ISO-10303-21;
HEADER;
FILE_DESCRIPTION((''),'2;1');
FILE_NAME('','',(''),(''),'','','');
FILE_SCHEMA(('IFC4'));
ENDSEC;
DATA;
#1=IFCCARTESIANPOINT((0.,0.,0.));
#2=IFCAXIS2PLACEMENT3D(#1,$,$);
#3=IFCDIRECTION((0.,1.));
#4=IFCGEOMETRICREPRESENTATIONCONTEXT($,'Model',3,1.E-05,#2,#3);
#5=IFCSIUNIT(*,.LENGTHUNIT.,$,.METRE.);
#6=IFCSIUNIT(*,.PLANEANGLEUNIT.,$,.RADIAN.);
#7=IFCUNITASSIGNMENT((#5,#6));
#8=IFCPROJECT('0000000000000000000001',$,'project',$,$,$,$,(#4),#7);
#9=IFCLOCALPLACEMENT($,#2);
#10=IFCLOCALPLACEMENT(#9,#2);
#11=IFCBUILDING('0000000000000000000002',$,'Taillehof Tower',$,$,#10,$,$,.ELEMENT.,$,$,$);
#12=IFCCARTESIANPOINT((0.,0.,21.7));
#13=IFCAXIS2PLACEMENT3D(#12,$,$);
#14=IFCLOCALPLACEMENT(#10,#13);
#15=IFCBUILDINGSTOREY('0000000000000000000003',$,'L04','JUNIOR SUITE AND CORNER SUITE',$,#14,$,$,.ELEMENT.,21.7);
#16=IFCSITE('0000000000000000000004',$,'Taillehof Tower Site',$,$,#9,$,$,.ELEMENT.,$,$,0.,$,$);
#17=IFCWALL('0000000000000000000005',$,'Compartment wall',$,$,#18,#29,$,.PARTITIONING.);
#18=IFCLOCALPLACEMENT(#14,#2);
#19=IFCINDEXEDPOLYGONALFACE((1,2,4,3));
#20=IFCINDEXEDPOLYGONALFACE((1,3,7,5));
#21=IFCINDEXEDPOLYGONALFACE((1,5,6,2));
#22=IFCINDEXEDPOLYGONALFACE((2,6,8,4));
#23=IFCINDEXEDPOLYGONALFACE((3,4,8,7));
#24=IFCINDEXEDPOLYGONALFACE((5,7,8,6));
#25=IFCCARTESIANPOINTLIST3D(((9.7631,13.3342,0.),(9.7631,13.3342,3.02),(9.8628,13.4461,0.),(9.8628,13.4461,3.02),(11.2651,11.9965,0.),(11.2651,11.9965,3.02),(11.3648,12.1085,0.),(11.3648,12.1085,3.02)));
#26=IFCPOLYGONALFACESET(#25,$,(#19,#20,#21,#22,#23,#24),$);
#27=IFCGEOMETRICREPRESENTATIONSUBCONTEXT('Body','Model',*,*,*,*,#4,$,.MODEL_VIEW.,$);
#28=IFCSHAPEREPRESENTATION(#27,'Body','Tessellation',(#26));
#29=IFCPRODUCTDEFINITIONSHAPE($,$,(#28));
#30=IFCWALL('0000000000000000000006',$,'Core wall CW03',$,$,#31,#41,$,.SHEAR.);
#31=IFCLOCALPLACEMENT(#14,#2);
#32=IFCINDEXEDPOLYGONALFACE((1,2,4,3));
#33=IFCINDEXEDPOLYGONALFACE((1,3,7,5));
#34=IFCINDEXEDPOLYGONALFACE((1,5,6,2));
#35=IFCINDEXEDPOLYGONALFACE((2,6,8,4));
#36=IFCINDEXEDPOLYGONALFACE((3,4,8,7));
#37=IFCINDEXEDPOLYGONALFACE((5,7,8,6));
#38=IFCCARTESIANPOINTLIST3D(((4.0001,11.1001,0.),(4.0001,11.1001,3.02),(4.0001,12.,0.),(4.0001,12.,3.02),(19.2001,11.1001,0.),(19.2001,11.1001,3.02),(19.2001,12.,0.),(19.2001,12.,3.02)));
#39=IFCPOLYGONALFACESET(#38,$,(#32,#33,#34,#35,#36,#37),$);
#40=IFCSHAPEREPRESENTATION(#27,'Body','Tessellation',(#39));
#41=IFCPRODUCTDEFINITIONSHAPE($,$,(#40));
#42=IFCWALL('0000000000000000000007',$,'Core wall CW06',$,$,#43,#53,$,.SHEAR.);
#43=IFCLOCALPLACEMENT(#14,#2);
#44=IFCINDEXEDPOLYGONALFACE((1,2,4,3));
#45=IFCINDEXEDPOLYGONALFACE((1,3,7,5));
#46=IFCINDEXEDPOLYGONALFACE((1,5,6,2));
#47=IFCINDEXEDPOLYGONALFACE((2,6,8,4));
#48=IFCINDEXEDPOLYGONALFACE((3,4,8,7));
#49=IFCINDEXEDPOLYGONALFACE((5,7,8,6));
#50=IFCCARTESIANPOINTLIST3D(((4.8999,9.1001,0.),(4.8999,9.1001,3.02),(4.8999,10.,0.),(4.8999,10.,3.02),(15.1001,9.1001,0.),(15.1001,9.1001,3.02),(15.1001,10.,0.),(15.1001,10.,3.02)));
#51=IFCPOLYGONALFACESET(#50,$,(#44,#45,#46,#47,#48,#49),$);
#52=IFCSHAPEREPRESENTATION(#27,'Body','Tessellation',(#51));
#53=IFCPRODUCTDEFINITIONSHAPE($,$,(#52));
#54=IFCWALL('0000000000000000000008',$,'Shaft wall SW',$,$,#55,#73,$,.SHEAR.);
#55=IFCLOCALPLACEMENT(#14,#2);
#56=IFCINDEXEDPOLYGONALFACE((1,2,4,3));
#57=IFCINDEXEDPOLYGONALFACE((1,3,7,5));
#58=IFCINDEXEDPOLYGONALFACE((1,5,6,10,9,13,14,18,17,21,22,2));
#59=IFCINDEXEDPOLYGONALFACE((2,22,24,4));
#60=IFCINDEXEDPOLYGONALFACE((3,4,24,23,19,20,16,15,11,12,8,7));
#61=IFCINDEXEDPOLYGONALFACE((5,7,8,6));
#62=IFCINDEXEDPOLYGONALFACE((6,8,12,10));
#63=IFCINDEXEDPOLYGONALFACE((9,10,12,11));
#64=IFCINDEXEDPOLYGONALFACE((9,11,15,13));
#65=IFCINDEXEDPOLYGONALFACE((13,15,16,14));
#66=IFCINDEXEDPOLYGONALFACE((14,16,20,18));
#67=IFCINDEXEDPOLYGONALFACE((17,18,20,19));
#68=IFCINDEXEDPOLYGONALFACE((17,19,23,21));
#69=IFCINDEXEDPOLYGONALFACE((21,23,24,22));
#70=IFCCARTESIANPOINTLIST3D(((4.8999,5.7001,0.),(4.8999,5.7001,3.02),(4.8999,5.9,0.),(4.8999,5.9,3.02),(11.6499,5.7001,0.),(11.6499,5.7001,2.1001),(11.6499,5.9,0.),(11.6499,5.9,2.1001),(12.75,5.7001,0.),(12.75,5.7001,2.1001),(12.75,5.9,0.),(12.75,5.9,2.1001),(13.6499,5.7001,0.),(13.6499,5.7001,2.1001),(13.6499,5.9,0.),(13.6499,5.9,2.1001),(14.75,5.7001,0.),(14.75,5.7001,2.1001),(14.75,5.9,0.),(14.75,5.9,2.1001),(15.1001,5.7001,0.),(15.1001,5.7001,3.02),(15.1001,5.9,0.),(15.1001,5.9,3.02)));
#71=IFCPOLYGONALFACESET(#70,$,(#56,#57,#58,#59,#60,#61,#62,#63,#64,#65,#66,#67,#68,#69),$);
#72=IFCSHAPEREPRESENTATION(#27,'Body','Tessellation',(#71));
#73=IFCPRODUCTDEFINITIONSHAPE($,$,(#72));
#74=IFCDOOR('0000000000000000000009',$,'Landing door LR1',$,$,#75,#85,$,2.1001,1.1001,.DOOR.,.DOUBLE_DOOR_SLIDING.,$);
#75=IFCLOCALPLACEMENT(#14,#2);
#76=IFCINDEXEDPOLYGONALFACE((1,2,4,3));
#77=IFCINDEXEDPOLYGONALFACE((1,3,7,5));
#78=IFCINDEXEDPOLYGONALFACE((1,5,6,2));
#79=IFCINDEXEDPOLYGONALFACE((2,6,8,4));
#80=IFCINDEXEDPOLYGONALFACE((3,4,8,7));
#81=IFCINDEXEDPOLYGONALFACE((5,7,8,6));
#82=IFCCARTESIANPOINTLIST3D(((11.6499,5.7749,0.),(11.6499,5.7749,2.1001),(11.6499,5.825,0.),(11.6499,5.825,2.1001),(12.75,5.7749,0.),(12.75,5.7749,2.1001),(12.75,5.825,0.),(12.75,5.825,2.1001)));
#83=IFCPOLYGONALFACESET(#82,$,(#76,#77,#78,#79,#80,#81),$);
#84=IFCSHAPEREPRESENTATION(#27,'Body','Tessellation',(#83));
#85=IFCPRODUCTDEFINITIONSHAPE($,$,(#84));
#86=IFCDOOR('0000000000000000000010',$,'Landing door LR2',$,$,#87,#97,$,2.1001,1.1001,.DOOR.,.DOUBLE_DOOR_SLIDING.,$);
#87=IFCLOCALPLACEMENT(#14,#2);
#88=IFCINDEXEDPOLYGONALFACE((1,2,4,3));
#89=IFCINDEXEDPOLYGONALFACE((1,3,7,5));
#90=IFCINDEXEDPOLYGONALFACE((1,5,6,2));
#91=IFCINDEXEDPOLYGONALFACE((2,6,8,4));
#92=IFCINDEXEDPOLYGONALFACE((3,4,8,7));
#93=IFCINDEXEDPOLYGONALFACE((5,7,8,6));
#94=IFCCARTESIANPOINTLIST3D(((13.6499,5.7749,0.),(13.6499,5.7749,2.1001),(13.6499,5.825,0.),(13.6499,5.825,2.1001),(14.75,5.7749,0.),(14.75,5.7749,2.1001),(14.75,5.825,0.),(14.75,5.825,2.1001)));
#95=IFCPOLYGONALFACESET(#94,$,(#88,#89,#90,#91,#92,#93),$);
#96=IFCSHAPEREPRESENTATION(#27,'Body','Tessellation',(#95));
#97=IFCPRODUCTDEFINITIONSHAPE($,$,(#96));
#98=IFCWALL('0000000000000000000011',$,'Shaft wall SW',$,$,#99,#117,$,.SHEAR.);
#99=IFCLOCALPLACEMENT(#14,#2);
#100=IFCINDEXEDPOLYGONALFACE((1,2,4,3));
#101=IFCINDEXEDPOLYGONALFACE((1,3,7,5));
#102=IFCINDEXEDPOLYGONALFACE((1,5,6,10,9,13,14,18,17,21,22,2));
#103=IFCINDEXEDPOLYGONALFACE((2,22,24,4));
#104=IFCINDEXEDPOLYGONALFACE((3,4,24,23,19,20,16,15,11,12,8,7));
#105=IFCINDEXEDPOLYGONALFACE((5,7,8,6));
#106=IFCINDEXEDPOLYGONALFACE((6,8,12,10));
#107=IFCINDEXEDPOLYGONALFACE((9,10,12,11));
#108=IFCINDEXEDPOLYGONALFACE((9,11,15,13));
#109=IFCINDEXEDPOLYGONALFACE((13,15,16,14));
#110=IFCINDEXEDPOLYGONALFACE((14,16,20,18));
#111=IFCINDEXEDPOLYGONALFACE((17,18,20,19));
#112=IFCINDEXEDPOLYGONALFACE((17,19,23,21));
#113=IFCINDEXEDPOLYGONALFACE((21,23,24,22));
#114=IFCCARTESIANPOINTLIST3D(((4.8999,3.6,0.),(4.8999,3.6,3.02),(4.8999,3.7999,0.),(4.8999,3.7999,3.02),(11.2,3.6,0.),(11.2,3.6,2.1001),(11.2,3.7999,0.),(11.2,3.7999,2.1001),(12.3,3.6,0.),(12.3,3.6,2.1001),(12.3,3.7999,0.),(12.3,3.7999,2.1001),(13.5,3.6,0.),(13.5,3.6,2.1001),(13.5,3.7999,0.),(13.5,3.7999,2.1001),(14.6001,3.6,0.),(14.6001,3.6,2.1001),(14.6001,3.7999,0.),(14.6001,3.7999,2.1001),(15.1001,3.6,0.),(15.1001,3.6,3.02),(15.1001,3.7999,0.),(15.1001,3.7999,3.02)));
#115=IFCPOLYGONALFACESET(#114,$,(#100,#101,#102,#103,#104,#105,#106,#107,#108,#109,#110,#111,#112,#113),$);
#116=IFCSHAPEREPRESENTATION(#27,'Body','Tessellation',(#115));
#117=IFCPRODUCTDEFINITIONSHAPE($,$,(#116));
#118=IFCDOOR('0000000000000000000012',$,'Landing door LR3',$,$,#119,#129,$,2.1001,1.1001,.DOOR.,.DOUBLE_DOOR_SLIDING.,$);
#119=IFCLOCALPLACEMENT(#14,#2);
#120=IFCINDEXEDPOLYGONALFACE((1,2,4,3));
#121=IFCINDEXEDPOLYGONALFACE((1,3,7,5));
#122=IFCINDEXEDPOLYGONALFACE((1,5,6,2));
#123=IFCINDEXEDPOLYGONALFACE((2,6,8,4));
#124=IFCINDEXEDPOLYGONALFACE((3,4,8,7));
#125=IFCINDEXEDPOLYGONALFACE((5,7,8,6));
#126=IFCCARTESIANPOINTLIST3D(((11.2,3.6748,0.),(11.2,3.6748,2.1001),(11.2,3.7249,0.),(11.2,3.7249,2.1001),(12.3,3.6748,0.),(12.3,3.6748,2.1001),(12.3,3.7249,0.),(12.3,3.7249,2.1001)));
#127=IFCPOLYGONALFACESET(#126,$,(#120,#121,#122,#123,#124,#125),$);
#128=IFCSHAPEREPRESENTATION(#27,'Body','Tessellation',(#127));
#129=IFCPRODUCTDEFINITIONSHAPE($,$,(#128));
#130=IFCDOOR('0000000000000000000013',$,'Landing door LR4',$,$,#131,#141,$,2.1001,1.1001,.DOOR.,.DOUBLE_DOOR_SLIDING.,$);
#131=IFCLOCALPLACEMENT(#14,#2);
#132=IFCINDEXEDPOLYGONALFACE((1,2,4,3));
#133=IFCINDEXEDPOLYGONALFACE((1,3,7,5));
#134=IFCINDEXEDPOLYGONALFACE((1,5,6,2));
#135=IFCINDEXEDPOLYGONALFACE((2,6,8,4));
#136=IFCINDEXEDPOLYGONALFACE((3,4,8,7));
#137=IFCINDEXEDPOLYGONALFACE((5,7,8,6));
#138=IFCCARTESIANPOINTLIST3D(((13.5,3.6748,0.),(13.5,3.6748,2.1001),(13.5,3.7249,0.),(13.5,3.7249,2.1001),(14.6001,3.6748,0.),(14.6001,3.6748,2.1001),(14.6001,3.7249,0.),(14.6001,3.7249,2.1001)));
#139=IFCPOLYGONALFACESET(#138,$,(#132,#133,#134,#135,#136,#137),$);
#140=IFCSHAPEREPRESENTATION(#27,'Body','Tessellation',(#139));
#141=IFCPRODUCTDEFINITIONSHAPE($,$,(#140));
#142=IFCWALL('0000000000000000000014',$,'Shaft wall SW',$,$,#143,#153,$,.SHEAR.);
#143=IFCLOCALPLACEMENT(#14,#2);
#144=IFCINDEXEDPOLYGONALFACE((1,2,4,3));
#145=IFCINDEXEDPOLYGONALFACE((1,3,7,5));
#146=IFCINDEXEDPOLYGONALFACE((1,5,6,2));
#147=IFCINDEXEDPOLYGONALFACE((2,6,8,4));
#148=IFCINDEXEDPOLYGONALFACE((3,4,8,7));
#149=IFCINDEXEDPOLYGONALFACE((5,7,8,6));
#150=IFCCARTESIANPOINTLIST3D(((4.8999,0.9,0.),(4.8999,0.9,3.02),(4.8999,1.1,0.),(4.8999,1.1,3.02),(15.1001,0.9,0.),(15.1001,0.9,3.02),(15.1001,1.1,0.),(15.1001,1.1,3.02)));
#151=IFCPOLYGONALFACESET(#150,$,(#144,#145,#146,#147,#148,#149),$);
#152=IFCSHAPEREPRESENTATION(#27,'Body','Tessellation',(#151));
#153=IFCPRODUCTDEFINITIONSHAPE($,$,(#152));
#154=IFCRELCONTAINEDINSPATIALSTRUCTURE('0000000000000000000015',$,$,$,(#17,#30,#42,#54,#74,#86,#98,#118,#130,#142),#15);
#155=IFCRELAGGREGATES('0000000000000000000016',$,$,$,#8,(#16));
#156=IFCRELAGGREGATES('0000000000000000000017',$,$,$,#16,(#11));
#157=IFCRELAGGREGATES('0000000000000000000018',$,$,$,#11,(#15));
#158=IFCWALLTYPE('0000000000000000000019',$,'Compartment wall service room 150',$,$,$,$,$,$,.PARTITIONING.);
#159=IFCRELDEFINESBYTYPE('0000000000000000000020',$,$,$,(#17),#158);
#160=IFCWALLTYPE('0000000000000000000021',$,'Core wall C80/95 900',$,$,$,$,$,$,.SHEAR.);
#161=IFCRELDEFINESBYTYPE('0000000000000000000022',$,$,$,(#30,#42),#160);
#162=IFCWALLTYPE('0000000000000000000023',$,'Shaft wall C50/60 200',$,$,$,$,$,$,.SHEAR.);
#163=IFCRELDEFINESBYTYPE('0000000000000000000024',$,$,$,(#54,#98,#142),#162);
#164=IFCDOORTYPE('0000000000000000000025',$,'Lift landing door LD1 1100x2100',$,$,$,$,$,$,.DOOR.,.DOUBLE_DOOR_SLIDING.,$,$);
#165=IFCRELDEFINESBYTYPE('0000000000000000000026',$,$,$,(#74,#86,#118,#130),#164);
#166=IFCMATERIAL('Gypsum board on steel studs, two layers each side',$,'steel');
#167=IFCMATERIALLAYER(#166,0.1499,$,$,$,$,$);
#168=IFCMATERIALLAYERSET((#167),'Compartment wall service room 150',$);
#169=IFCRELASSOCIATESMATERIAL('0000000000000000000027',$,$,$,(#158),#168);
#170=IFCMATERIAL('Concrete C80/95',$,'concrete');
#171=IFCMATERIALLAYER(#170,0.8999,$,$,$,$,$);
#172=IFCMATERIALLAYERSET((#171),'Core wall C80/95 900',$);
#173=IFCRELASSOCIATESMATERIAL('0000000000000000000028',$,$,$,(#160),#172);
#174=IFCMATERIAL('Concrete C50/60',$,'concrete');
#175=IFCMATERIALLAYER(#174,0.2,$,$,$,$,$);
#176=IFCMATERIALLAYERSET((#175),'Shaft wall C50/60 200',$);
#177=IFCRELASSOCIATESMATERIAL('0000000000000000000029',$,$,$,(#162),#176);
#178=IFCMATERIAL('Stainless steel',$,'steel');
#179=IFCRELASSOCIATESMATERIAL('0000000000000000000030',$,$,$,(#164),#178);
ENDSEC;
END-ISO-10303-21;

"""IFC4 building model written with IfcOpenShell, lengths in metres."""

from ifc_helpers import new_model, si_unit, direction, frame, frame_2d, origin, place, context, subcontext, project, spatial, rectangle, extrude, material, layer, layer_set, type_object, element, fill, save


model = new_model("IFC4")

# Units and contexts
model_context = context("Model", 3, precision=1e-05, world=origin(), true_north=direction((0.0, 1.0)))
body_context = subcontext(model_context, "Body", "Model", "MODEL_VIEW")
ifc_project = project(units=[si_unit("LENGTHUNIT", "METRE"), si_unit("PLANEANGLEUNIT", "RADIAN")], contexts=[model_context])

# Site, building, storey
site_placement = place(None, origin())
site = spatial("IfcSite", under=ifc_project, at=site_placement, Name="Taillehof Tower Site", CompositionType="ELEMENT", RefElevation=0.0)
building_placement = place(site_placement, origin())
building = spatial("IfcBuilding", under=site, at=building_placement, Name="Taillehof Tower", CompositionType="ELEMENT")
storey_placement = place(building_placement, frame((0.0, 0.0, 21.7)))
storey = spatial("IfcBuildingStorey", under=building, at=storey_placement, Name="L04", Description="JUNIOR SUITE AND CORNER SUITE", CompositionType="ELEMENT", Elevation=21.7)

# Shared definitions
ifc_material_1 = material(Name="Gypsum board on steel studs, two layers each side", Category="steel")
ifc_layer_1 = layer(ifc_material_1, 0.1499)
ifc_layer_set_1 = layer_set([ifc_layer_1], Name="Compartment wall service room 150")
wall_type_1 = type_object("IfcWallType", Name="Compartment wall service room 150", PredefinedType="PARTITIONING", material=ifc_layer_set_1)

# Walls
wall_1_placement = place(storey_placement, frame((9.813, 13.3901, 0.0), z_axis=(0.0, 0.0, 1.0), x_axis=(0.746773, -0.665079, 0.0)))
element("IfcWall", 1, at=wall_1_placement, inside=storey, type_object=wall_type_1, Name="Compartment wall", PredefinedType="PARTITIONING", context=body_context, shape_type="SweptSolid", body=[
    extrude(rectangle(XDim=2.0112, YDim=0.1499, at=frame_2d((1.0056, 0.0))), origin(), (0.0, 0.0, 1.0), 3.02),
])
ifc_material_2 = material(Name="Concrete C80/95", Category="concrete")
ifc_layer_2 = layer(ifc_material_2, 0.8999)
ifc_layer_set_2 = layer_set([ifc_layer_2], Name="Core wall C80/95 900")
wall_type_2 = type_object("IfcWallType", Name="Core wall C80/95 900", PredefinedType="SHEAR", material=ifc_layer_set_2)
wall_2_placement = place(storey_placement, frame((4.0, 11.55, 0.0), z_axis=(0.0, 0.0, 1.0), x_axis=(1.0, 0.0, 0.0)))
element("IfcWall", 2, at=wall_2_placement, inside=storey, type_object=wall_type_2, Name="Core wall CW03", PredefinedType="SHEAR", context=body_context, shape_type="SweptSolid", body=[
    extrude(rectangle(XDim=15.2, YDim=0.8999, at=frame_2d((7.6001, 0.0))), origin(), (0.0, 0.0, 1.0), 3.02),
])
wall_3_placement = place(storey_placement, frame((4.8999, 9.55, 0.0), z_axis=(0.0, 0.0, 1.0), x_axis=(1.0, 0.0, 0.0)))
element("IfcWall", 3, at=wall_3_placement, inside=storey, type_object=wall_type_2, Name="Core wall CW06", PredefinedType="SHEAR", context=body_context, shape_type="SweptSolid", body=[
    extrude(rectangle(XDim=10.2002, YDim=0.8999, at=frame_2d((5.1001, 0.0))), origin(), (0.0, 0.0, 1.0), 3.02),
])

# Walls, openings, doors
ifc_material_3 = material(Name="Concrete C50/60", Category="concrete")
ifc_layer_3 = layer(ifc_material_3, 0.2)
ifc_layer_set_3 = layer_set([ifc_layer_3], Name="Shaft wall C50/60 200")
wall_type_3 = type_object("IfcWallType", Name="Shaft wall C50/60 200", PredefinedType="SHEAR", material=ifc_layer_set_3)
wall_4_placement = place(storey_placement, frame((4.8999, 5.8, 0.0), z_axis=(0.0, 0.0, 1.0), x_axis=(1.0, 0.0, 0.0)))
wall_4 = element("IfcWall", 4, at=wall_4_placement, inside=storey, type_object=wall_type_3, Name="Shaft wall SW", PredefinedType="SHEAR", context=body_context, shape_type="SweptSolid", body=[
    extrude(rectangle(XDim=10.2002, YDim=0.2, at=frame_2d((5.1001, 0.0))), origin(), (0.0, 0.0, 1.0), 3.02),
])
opening_1_placement = place(wall_4_placement, frame((6.75, 0.0, 0.0)))
opening_1 = element("IfcOpeningElement", 5, at=opening_1_placement, cuts=wall_4, PredefinedType="OPENING", context=body_context, shape_type="SweptSolid", body=[
    extrude(rectangle(XDim=1.1001, YDim=2.1001, at=frame_2d((0.55, 1.05))), frame((0.0, 0.1099, 0.0), z_axis=(0.0, -1.0, 0.0), x_axis=(1.0, 0.0, 0.0)), (0.0, 0.0, 1.0), 0.22),
])
opening_2_placement = place(wall_4_placement, frame((8.75, 0.0, 0.0)))
opening_2 = element("IfcOpeningElement", 6, at=opening_2_placement, cuts=wall_4, PredefinedType="OPENING", context=body_context, shape_type="SweptSolid", body=[
    extrude(rectangle(XDim=1.1001, YDim=2.1001, at=frame_2d((0.55, 1.05))), frame((0.0, 0.1099, 0.0), z_axis=(0.0, -1.0, 0.0), x_axis=(1.0, 0.0, 0.0)), (0.0, 0.0, 1.0), 0.22),
])
ifc_material_4 = material(Name="Stainless steel", Category="steel")
door_type_1 = type_object("IfcDoorType", Name="Lift landing door LD1 1100x2100", OperationType="DOUBLE_DOOR_SLIDING", PredefinedType="DOOR", material=ifc_material_4)
door_1_placement = place(opening_1_placement, origin())
door_1 = element("IfcDoor", 7, at=door_1_placement, inside=storey, type_object=door_type_1, Name="Landing door LR1", OperationType="DOUBLE_DOOR_SLIDING", OverallHeight=2.1001, OverallWidth=1.1001, PredefinedType="DOOR", context=body_context, shape_type="SweptSolid", body=[
    extrude(rectangle(XDim=1.1001, YDim=2.1001, at=frame_2d((0.55, 1.05))), frame((0.0, 0.0249, 0.0), z_axis=(0.0, -1.0, 0.0), x_axis=(1.0, 0.0, 0.0)), (0.0, 0.0, 1.0), 0.05),
])
fill(opening_1, door_1)
door_2_placement = place(opening_2_placement, origin())
door_2 = element("IfcDoor", 8, at=door_2_placement, inside=storey, type_object=door_type_1, Name="Landing door LR2", OperationType="DOUBLE_DOOR_SLIDING", OverallHeight=2.1001, OverallWidth=1.1001, PredefinedType="DOOR", context=body_context, shape_type="SweptSolid", body=[
    extrude(rectangle(XDim=1.1001, YDim=2.1001, at=frame_2d((0.55, 1.05))), frame((0.0, 0.0249, 0.0), z_axis=(0.0, -1.0, 0.0), x_axis=(1.0, 0.0, 0.0)), (0.0, 0.0, 1.0), 0.05),
])
fill(opening_2, door_2)
wall_5_placement = place(storey_placement, frame((4.8999, 3.7, 0.0), z_axis=(0.0, 0.0, 1.0), x_axis=(1.0, 0.0, 0.0)))
wall_5 = element("IfcWall", 9, at=wall_5_placement, inside=storey, type_object=wall_type_3, Name="Shaft wall SW", PredefinedType="SHEAR", context=body_context, shape_type="SweptSolid", body=[
    extrude(rectangle(XDim=10.2002, YDim=0.2, at=frame_2d((5.1001, 0.0))), origin(), (0.0, 0.0, 1.0), 3.02),
])
opening_3_placement = place(wall_5_placement, frame((6.3, 0.0, 0.0)))
opening_3 = element("IfcOpeningElement", 10, at=opening_3_placement, cuts=wall_5, PredefinedType="OPENING", context=body_context, shape_type="SweptSolid", body=[
    extrude(rectangle(XDim=1.1001, YDim=2.1001, at=frame_2d((0.55, 1.05))), frame((0.0, 0.1099, 0.0), z_axis=(0.0, -1.0, 0.0), x_axis=(1.0, 0.0, 0.0)), (0.0, 0.0, 1.0), 0.22),
])
opening_4_placement = place(wall_5_placement, frame((8.6001, 0.0, 0.0)))
opening_4 = element("IfcOpeningElement", 11, at=opening_4_placement, cuts=wall_5, PredefinedType="OPENING", context=body_context, shape_type="SweptSolid", body=[
    extrude(rectangle(XDim=1.1001, YDim=2.1001, at=frame_2d((0.55, 1.05))), frame((0.0, 0.1099, 0.0), z_axis=(0.0, -1.0, 0.0), x_axis=(1.0, 0.0, 0.0)), (0.0, 0.0, 1.0), 0.22),
])
door_3_placement = place(opening_3_placement, origin())
door_3 = element("IfcDoor", 12, at=door_3_placement, inside=storey, type_object=door_type_1, Name="Landing door LR3", OperationType="DOUBLE_DOOR_SLIDING", OverallHeight=2.1001, OverallWidth=1.1001, PredefinedType="DOOR", context=body_context, shape_type="SweptSolid", body=[
    extrude(rectangle(XDim=1.1001, YDim=2.1001, at=frame_2d((0.55, 1.05))), frame((0.0, 0.0249, 0.0), z_axis=(0.0, -1.0, 0.0), x_axis=(1.0, 0.0, 0.0)), (0.0, 0.0, 1.0), 0.05),
])
fill(opening_3, door_3)
door_4_placement = place(opening_4_placement, origin())
door_4 = element("IfcDoor", 13, at=door_4_placement, inside=storey, type_object=door_type_1, Name="Landing door LR4", OperationType="DOUBLE_DOOR_SLIDING", OverallHeight=2.1001, OverallWidth=1.1001, PredefinedType="DOOR", context=body_context, shape_type="SweptSolid", body=[
    extrude(rectangle(XDim=1.1001, YDim=2.1001, at=frame_2d((0.55, 1.05))), frame((0.0, 0.0249, 0.0), z_axis=(0.0, -1.0, 0.0), x_axis=(1.0, 0.0, 0.0)), (0.0, 0.0, 1.0), 0.05),
])
fill(opening_4, door_4)

# Wall
wall_6_placement = place(storey_placement, frame((4.8999, 1.0, 0.0), z_axis=(0.0, 0.0, 1.0), x_axis=(1.0, 0.0, 0.0)))
element("IfcWall", 14, at=wall_6_placement, inside=storey, type_object=wall_type_3, Name="Shaft wall SW", PredefinedType="SHEAR", context=body_context, shape_type="SweptSolid", body=[
    extrude(rectangle(XDim=10.2002, YDim=0.2, at=frame_2d((5.1001, 0.0))), origin(), (0.0, 0.0, 1.0), 3.02),
])

save(model, "model.ifc")
